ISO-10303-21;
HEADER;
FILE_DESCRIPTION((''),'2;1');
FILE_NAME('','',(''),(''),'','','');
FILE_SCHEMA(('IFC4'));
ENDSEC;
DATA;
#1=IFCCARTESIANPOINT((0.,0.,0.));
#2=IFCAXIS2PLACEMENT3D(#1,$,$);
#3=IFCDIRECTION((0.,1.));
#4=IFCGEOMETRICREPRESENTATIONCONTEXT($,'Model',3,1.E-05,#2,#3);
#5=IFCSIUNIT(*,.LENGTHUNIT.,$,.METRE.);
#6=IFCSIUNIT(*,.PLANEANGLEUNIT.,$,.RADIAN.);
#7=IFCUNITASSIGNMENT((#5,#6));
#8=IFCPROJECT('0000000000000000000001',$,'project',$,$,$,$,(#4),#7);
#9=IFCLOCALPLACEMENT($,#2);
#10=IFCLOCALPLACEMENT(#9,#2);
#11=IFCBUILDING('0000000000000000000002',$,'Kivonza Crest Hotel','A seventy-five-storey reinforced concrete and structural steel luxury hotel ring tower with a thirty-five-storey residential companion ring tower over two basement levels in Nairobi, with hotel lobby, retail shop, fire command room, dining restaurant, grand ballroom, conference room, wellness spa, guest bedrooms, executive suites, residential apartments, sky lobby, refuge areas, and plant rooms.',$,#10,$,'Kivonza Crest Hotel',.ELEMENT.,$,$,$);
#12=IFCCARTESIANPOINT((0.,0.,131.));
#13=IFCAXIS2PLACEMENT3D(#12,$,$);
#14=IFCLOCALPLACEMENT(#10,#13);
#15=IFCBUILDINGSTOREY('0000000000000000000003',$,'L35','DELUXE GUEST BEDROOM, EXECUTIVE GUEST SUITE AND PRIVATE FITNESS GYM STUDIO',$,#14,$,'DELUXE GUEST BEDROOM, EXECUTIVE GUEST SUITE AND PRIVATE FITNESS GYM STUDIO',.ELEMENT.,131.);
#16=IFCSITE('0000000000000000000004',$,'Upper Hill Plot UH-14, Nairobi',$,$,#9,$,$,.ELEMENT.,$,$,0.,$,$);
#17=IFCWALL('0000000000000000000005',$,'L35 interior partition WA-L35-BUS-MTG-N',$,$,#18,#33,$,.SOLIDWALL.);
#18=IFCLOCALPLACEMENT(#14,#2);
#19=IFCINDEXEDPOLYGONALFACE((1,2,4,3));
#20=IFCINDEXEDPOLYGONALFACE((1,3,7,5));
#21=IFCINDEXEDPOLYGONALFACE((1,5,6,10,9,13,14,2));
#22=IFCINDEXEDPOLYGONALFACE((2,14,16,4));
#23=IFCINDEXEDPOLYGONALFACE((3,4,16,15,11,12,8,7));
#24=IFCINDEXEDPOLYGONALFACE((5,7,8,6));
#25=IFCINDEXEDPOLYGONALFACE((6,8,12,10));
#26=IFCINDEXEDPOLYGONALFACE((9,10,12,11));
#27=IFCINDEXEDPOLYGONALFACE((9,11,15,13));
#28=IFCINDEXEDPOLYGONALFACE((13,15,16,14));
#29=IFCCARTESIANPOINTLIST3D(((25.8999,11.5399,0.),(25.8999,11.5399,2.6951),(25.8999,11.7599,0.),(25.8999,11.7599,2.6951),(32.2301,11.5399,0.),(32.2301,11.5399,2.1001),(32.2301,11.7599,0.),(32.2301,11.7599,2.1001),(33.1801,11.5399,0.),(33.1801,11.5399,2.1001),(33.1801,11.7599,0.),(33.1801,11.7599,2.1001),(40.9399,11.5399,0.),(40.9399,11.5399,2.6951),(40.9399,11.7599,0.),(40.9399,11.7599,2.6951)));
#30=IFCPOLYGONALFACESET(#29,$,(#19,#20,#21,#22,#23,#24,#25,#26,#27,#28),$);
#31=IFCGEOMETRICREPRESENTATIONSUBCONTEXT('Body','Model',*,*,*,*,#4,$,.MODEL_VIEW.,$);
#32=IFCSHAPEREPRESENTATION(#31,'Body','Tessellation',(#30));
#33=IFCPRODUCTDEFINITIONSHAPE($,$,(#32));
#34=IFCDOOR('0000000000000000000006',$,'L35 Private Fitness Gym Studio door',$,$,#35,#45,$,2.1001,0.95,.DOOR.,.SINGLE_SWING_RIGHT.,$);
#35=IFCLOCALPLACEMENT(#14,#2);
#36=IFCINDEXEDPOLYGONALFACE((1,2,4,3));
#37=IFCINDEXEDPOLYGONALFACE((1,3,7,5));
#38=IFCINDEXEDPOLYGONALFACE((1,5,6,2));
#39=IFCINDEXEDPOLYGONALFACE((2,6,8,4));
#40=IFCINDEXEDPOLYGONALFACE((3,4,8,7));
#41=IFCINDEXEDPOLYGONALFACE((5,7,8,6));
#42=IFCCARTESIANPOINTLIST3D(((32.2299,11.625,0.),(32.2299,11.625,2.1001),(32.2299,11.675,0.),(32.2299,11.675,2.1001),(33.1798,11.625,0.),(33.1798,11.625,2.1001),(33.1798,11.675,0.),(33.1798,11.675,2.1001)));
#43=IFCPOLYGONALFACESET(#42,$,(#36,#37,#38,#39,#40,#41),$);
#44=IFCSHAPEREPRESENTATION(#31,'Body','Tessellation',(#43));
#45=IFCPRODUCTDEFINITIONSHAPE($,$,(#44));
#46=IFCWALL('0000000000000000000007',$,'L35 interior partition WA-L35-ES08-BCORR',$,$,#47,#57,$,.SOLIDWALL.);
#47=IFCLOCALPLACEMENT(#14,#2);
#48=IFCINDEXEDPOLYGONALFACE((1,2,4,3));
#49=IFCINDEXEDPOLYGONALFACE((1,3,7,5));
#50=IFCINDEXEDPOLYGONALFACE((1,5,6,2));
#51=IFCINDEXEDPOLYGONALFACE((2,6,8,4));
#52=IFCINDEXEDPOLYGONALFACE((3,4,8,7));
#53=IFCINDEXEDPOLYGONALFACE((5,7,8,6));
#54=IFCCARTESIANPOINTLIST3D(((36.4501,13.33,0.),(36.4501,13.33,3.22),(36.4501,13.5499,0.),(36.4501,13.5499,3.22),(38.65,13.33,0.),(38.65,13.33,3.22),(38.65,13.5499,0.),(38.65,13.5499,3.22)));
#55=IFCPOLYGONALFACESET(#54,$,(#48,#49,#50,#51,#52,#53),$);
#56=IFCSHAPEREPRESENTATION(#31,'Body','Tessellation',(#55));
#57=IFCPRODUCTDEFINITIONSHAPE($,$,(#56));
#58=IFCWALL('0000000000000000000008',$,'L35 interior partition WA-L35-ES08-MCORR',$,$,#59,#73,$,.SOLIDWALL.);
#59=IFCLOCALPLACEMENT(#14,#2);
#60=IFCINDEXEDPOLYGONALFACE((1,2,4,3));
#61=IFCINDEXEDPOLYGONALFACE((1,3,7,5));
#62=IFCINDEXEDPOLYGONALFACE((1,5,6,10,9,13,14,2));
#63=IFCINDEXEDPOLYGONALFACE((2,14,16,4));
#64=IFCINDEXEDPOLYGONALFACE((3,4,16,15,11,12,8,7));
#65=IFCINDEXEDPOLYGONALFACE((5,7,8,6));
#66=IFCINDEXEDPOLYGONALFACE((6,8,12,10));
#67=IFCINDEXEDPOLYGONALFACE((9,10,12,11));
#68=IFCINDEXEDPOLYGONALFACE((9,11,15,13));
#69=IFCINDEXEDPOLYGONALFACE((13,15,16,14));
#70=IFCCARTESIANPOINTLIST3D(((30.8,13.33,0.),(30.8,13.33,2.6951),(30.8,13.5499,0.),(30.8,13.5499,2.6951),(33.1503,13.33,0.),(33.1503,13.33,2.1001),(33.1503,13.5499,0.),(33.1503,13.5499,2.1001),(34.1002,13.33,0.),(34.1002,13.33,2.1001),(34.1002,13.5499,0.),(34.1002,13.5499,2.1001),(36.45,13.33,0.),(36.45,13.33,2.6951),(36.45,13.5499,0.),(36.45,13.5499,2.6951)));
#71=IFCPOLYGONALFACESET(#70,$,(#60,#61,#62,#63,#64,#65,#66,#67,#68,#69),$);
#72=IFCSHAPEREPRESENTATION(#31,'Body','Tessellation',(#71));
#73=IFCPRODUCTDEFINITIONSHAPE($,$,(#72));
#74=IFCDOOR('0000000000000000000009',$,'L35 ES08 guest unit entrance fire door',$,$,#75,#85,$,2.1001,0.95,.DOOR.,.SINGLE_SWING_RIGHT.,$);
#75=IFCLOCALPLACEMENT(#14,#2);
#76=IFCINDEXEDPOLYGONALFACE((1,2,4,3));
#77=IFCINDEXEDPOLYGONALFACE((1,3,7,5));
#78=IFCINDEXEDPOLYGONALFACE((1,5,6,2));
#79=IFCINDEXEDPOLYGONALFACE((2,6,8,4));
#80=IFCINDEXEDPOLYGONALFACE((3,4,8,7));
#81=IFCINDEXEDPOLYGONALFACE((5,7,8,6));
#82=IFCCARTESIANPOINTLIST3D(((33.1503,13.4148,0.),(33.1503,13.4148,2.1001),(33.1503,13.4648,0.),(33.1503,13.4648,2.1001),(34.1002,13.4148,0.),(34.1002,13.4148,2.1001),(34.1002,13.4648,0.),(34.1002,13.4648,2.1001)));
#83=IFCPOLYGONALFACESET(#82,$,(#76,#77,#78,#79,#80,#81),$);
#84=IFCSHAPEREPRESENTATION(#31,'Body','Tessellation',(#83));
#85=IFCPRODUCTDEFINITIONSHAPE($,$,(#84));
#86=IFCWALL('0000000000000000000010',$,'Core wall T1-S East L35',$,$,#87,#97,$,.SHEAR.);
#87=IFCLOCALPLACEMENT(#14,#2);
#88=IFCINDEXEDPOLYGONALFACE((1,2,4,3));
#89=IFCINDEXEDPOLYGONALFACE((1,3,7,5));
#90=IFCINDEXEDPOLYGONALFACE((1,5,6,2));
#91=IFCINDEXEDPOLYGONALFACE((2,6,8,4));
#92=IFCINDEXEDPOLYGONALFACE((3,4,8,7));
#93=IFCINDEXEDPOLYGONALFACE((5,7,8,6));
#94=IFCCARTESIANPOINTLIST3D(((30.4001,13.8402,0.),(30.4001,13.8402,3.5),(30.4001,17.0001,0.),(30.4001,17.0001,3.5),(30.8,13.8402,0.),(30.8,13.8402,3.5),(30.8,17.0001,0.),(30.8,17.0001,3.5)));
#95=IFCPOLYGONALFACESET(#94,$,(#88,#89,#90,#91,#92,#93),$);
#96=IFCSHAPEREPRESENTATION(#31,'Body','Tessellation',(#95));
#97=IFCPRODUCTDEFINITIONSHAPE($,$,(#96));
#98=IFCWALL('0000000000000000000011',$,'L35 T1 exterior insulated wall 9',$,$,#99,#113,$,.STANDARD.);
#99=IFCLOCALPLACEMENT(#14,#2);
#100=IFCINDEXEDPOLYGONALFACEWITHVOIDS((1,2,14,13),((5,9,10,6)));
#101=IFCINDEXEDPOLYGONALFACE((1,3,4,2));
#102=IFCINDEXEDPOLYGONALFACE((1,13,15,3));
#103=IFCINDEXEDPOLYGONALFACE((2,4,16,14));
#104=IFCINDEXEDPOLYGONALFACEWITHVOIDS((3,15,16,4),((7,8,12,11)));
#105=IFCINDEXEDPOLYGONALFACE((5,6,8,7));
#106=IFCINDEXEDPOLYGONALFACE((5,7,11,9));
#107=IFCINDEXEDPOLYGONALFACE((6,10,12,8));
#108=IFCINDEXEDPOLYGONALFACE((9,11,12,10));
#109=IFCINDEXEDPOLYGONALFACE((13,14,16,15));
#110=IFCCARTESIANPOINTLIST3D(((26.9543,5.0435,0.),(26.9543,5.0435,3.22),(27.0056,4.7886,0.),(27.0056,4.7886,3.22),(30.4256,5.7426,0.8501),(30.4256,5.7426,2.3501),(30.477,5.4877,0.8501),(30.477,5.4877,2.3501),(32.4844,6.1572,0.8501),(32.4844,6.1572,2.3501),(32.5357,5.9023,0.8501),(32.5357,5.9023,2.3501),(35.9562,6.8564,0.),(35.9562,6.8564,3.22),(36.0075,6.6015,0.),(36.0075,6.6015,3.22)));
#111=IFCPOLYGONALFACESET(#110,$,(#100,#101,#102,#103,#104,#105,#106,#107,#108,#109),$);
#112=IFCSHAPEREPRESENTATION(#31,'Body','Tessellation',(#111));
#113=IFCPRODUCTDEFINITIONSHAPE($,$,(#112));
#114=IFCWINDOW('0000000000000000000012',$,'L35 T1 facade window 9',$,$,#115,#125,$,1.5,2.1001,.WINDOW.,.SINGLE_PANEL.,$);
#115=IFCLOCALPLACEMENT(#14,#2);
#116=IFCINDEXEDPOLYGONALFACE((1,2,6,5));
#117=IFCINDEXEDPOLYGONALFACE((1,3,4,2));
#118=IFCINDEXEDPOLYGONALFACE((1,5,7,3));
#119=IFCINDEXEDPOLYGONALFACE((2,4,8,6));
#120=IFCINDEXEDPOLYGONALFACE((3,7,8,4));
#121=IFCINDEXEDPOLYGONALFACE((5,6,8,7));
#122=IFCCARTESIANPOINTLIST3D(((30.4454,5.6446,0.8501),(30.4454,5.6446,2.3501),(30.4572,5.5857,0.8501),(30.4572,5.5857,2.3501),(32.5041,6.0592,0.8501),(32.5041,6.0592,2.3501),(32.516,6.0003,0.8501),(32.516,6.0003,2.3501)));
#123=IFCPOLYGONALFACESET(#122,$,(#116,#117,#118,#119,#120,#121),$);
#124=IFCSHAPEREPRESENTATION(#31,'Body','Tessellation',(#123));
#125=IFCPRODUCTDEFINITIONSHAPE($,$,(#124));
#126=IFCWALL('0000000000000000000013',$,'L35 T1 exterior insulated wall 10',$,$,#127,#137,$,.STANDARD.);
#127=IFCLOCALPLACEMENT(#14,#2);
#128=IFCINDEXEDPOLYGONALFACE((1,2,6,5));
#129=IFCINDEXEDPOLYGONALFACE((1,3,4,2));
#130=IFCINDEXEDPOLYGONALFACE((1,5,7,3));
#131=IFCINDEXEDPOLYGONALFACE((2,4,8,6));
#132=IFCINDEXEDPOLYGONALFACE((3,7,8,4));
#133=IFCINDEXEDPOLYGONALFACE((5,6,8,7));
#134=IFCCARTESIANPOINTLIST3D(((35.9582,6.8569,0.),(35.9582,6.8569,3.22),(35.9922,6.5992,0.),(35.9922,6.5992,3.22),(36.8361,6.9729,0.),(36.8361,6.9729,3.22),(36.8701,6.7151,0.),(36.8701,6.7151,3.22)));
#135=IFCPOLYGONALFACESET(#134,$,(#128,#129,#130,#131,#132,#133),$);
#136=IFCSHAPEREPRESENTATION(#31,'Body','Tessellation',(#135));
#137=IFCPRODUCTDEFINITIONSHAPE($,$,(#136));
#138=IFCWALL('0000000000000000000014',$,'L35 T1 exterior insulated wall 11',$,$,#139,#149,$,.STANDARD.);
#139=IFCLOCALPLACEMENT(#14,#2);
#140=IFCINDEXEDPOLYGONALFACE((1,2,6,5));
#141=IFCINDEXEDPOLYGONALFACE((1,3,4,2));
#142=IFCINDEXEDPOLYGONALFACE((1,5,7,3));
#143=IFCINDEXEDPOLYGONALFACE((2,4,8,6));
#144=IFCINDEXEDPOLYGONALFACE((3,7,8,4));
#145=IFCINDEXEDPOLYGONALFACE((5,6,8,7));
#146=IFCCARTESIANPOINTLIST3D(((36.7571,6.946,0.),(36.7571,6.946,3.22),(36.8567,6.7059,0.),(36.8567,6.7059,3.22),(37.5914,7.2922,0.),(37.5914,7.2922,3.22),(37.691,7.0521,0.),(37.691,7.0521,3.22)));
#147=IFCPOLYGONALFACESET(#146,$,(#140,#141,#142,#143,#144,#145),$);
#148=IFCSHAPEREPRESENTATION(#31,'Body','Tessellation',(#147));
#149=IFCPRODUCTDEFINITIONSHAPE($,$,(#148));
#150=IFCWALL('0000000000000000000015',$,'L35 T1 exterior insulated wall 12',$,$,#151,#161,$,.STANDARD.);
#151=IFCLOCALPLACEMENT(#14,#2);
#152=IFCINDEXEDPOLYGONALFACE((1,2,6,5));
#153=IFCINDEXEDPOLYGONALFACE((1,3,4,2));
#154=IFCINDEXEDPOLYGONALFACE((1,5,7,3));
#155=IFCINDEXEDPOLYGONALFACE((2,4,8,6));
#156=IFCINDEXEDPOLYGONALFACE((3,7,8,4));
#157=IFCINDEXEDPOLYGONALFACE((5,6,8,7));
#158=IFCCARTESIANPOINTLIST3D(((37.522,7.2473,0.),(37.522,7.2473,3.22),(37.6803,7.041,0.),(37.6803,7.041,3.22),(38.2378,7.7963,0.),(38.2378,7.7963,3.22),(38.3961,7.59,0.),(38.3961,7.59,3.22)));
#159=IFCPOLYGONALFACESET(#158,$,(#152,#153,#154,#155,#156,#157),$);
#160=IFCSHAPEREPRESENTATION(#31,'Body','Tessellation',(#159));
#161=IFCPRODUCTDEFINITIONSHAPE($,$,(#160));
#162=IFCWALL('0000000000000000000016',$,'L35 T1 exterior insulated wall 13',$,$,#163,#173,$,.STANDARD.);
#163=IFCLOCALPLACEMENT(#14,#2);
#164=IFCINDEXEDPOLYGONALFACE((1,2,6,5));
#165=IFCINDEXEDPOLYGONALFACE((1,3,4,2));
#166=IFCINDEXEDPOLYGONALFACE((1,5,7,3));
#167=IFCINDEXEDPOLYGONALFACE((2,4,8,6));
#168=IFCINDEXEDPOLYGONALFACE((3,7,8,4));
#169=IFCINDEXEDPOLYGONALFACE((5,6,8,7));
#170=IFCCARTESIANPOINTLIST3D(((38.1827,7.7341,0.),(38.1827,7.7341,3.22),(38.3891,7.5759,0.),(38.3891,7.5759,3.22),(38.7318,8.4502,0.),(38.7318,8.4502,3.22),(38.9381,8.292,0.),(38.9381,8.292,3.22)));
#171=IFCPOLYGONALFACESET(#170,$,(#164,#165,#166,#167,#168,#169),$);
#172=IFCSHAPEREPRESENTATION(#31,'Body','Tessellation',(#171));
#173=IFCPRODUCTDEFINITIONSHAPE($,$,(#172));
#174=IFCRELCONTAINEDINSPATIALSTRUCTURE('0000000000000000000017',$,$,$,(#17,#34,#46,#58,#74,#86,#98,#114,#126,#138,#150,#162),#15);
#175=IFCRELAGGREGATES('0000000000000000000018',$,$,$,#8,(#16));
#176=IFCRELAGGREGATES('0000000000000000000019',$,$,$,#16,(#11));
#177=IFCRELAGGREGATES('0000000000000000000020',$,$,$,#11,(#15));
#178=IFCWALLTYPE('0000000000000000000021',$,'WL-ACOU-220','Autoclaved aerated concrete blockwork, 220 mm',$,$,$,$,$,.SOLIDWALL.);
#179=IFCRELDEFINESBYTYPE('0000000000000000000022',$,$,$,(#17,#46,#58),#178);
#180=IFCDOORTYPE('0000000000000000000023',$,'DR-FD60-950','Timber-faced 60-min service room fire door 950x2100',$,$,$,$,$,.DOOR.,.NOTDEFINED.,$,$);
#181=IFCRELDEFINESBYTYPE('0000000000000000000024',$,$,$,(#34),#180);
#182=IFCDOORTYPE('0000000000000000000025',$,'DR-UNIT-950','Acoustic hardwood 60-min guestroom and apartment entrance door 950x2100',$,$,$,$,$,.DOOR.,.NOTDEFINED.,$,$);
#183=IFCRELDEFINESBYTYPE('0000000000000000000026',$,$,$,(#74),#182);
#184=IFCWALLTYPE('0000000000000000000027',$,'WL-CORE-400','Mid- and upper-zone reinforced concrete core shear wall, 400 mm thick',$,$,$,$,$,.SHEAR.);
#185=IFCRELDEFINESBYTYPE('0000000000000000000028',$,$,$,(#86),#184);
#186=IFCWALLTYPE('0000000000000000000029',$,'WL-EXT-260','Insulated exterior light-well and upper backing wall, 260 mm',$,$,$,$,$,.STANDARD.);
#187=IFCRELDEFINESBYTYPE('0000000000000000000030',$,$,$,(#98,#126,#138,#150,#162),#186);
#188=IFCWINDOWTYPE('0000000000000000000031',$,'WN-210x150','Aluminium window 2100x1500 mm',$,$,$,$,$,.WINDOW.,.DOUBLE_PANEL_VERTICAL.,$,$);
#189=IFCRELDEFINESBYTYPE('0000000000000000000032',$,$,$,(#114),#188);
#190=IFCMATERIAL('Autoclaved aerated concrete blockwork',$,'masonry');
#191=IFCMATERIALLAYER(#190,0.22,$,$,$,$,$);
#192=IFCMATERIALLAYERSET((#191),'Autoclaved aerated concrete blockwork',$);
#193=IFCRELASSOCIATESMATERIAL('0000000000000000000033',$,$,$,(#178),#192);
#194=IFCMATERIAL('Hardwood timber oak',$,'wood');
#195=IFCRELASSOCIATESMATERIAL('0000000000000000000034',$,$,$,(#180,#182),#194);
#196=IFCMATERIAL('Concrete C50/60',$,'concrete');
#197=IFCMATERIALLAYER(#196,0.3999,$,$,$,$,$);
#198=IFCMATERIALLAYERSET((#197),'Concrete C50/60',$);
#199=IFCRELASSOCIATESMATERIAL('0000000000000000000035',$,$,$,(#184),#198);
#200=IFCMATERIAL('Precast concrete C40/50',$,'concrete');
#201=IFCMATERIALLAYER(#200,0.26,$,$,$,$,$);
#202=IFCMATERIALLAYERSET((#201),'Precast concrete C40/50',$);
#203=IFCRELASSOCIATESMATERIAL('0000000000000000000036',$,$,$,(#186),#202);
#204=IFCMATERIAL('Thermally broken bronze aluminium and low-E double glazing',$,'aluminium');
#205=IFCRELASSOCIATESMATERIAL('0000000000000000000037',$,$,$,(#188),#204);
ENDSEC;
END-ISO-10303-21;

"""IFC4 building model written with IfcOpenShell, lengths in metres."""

from ifc_helpers import new_model, si_unit, direction, frame, frame_2d, origin, place, context, subcontext, project, spatial, rectangle, extrude, material, layer, layer_set, type_object, element, fill, save


model = new_model("IFC4")

# Units and contexts
model_context = context("Model", 3, precision=1e-05, world=origin(), true_north=direction((0.0, 1.0)))
body_context = subcontext(model_context, "Body", "Model", "MODEL_VIEW")
ifc_project = project(units=[si_unit("LENGTHUNIT", "METRE"), si_unit("PLANEANGLEUNIT", "RADIAN")], contexts=[model_context])

# Site, building, storey
site_placement = place(None, origin())
site = spatial("IfcSite", under=ifc_project, at=site_placement, Name="Upper Hill Plot UH-14, Nairobi", CompositionType="ELEMENT", RefElevation=0.0)
building_placement = place(site_placement, origin())
building = spatial("IfcBuilding", under=site, at=building_placement, Name="Kivonza Crest Hotel", Description="A seventy-five-storey reinforced concrete and structural steel luxury hotel ring tower with a thirty-five-storey residential companion ring tower over two basement levels in Nairobi, with hotel lobby, retail shop, fire command room, dining restaurant, grand ballroom, conference room, wellness spa, guest bedrooms, executive suites, residential apartments, sky lobby, refuge areas, and plant rooms.", LongName="Kivonza Crest Hotel", CompositionType="ELEMENT")
storey_placement = place(building_placement, frame((0.0, 0.0, 131.0)))
storey = spatial("IfcBuildingStorey", under=building, at=storey_placement, Name="L35", Description="DELUXE GUEST BEDROOM, EXECUTIVE GUEST SUITE AND PRIVATE FITNESS GYM STUDIO", LongName="DELUXE GUEST BEDROOM, EXECUTIVE GUEST SUITE AND PRIVATE FITNESS GYM STUDIO", CompositionType="ELEMENT", Elevation=131.0)

# Shared definitions
ifc_material_1 = material(Name="Concrete C50/60", Category="concrete")

# Wall, opening, door
ifc_material_2 = material(Name="Autoclaved aerated concrete blockwork", Category="masonry")
ifc_layer_1 = layer(ifc_material_2, 0.22)
ifc_layer_set_1 = layer_set([ifc_layer_1], Name="Autoclaved aerated concrete blockwork")
wall_type_1 = type_object("IfcWallType", Name="WL-ACOU-220", Description="Autoclaved aerated concrete blockwork, 220 mm", PredefinedType="SOLIDWALL", material=ifc_layer_set_1)
wall_1_placement = place(storey_placement, frame((25.8999, 11.6499, 0.0), z_axis=(0.0, 0.0, 1.0), x_axis=(1.0, 0.0, 0.0)))
wall_1 = element("IfcWall", 1, at=wall_1_placement, inside=storey, type_object=wall_type_1, Name="L35 interior partition WA-L35-BUS-MTG-N", PredefinedType="SOLIDWALL", context=body_context, shape_type="SweptSolid", body=[
    extrude(rectangle(XDim=15.04, YDim=0.22, at=frame_2d((7.52, 0.0))), origin(), (0.0, 0.0, 1.0), 2.6951),
])
opening_1_placement = place(wall_1_placement, frame((6.3301, 0.0, 0.0)))
opening_1 = element("IfcOpeningElement", 2, at=opening_1_placement, cuts=wall_1, PredefinedType="OPENING", context=body_context, shape_type="SweptSolid", body=[
    extrude(rectangle(XDim=0.95, YDim=2.1001, at=frame_2d((0.4751, 1.05))), frame((0.0, 0.1201, 0.0), z_axis=(0.0, -1.0, 0.0), x_axis=(1.0, 0.0, 0.0)), (0.0, 0.0, 1.0), 0.24),
])
ifc_material_3 = material(Name="Hardwood timber oak", Category="wood")
door_type_1 = type_object("IfcDoorType", Name="DR-FD60-950", Description="Timber-faced 60-min service room fire door 950x2100", OperationType="NOTDEFINED", PredefinedType="DOOR", material=ifc_material_3)
door_1_placement = place(opening_1_placement, frame((0.95, 0.0, 0.0), z_axis=(0.0, 0.0, 1.0), x_axis=(-1.0, 0.0, 0.0)))
door_1 = element("IfcDoor", 3, at=door_1_placement, inside=storey, type_object=door_type_1, Name="L35 Private Fitness Gym Studio door", OperationType="SINGLE_SWING_RIGHT", OverallHeight=2.1001, OverallWidth=0.95, PredefinedType="DOOR", context=body_context, shape_type="SweptSolid", body=[
    extrude(rectangle(XDim=0.95, YDim=2.1001, at=frame_2d((0.4751, 1.05))), frame((0.0, 0.0249, 0.0), z_axis=(0.0, -1.0, 0.0), x_axis=(1.0, 0.0, 0.0)), (0.0, 0.0, 1.0), 0.05),
])
fill(opening_1, door_1)

# Wall
wall_2_placement = place(storey_placement, frame((36.45, 13.4399, 0.0), z_axis=(0.0, 0.0, 1.0), x_axis=(1.0, 0.0, 0.0)))
element("IfcWall", 4, at=wall_2_placement, inside=storey, type_object=wall_type_1, Name="L35 interior partition WA-L35-ES08-BCORR", PredefinedType="SOLIDWALL", context=body_context, shape_type="SweptSolid", body=[
    extrude(rectangle(XDim=2.2, YDim=0.22, at=frame_2d((1.1001, 0.0))), origin(), (0.0, 0.0, 1.0), 3.22),
])

# Wall, opening, door
wall_3_placement = place(storey_placement, frame((30.8, 13.4399, 0.0), z_axis=(0.0, 0.0, 1.0), x_axis=(1.0, 0.0, 0.0)))
wall_3 = element("IfcWall", 5, at=wall_3_placement, inside=storey, type_object=wall_type_1, Name="L35 interior partition WA-L35-ES08-MCORR", PredefinedType="SOLIDWALL", context=body_context, shape_type="SweptSolid", body=[
    extrude(rectangle(XDim=5.6499, YDim=0.22, at=frame_2d((2.825, 0.0))), origin(), (0.0, 0.0, 1.0), 2.6951),
])
opening_2_placement = place(wall_3_placement, frame((2.3501, 0.0, 0.0)))
opening_2 = element("IfcOpeningElement", 6, at=opening_2_placement, cuts=wall_3, PredefinedType="OPENING", context=body_context, shape_type="SweptSolid", body=[
    extrude(rectangle(XDim=0.95, YDim=2.1001, at=frame_2d((0.4751, 1.05))), frame((0.0, 0.1201, 0.0), z_axis=(0.0, -1.0, 0.0), x_axis=(1.0, 0.0, 0.0)), (0.0, 0.0, 1.0), 0.24),
])
door_type_2 = type_object("IfcDoorType", Name="DR-UNIT-950", Description="Acoustic hardwood 60-min guestroom and apartment entrance door 950x2100", OperationType="NOTDEFINED", PredefinedType="DOOR", material=ifc_material_3)
door_2_placement = place(opening_2_placement, origin())
door_2 = element("IfcDoor", 7, at=door_2_placement, inside=storey, type_object=door_type_2, Name="L35 ES08 guest unit entrance fire door", OperationType="SINGLE_SWING_RIGHT", OverallHeight=2.1001, OverallWidth=0.95, PredefinedType="DOOR", context=body_context, shape_type="SweptSolid", body=[
    extrude(rectangle(XDim=0.95, YDim=2.1001, at=frame_2d((0.4751, 1.05))), frame((0.0, 0.0249, 0.0), z_axis=(0.0, -1.0, 0.0), x_axis=(1.0, 0.0, 0.0)), (0.0, 0.0, 1.0), 0.05),
])
fill(opening_2, door_2)

# Wall
ifc_layer_2 = layer(ifc_material_1, 0.3999)
ifc_layer_set_2 = layer_set([ifc_layer_2], Name="Concrete C50/60")
wall_type_2 = type_object("IfcWallType", Name="WL-CORE-400", Description="Mid- and upper-zone reinforced concrete core shear wall, 400 mm thick", PredefinedType="SHEAR", material=ifc_layer_set_2)
wall_4_placement = place(storey_placement, frame((30.6001, 13.8401, 0.0), z_axis=(0.0, 0.0, 1.0), x_axis=(0.0, 1.0, 0.0)))
element("IfcWall", 8, at=wall_4_placement, inside=storey, type_object=wall_type_2, Name="Core wall T1-S East L35", PredefinedType="SHEAR", context=body_context, shape_type="SweptSolid", body=[
    extrude(rectangle(XDim=3.1599, YDim=0.3999, at=frame_2d((1.5801, 0.0))), origin(), (0.0, 0.0, 1.0), 3.5),
])

# Wall, opening, window
ifc_material_4 = material(Name="Precast concrete C40/50", Category="concrete")
ifc_layer_3 = layer(ifc_material_4, 0.26)
ifc_layer_set_3 = layer_set([ifc_layer_3], Name="Precast concrete C40/50")
wall_type_3 = type_object("IfcWallType", Name="WL-EXT-260", Description="Insulated exterior light-well and upper backing wall, 260 mm", PredefinedType="STANDARD", material=ifc_layer_set_3)
wall_5_placement = place(storey_placement, frame((26.98, 4.916, 0.0), z_axis=(0.0, 0.0, 1.0), x_axis=(0.980316, 0.197435, 0.0)))
wall_5 = element("IfcWall", 9, at=wall_5_placement, inside=storey, type_object=wall_type_3, Name="L35 T1 exterior insulated wall 9", PredefinedType="STANDARD", context=body_context, shape_type="SweptSolid", body=[
    extrude(rectangle(XDim=9.1826, YDim=0.26, at=frame_2d((4.5913, 0.0))), origin(), (0.0, 0.0, 1.0), 3.22),
])
opening_3_placement = place(wall_5_placement, frame((3.541, 0.0, 0.8501)))
opening_3 = element("IfcOpeningElement", 10, at=opening_3_placement, cuts=wall_5, PredefinedType="OPENING", context=body_context, shape_type="SweptSolid", body=[
    extrude(rectangle(XDim=2.1001, YDim=1.5, at=frame_2d((1.05, 0.75))), frame((0.0, 0.1401, 0.0), z_axis=(0.0, -1.0, 0.0), x_axis=(1.0, 0.0, 0.0)), (0.0, 0.0, 1.0), 0.28),
])
ifc_material_5 = material(Name="Thermally broken bronze aluminium and low-E double glazing", Category="aluminium")
window_type = type_object("IfcWindowType", Name="WN-210x150", Description="Aluminium window 2100x1500 mm", PartitioningType="DOUBLE_PANEL_VERTICAL", PredefinedType="WINDOW", material=ifc_material_5)
window_placement = place(opening_3_placement, origin())
window = element("IfcWindow", 11, at=window_placement, inside=storey, type_object=window_type, Name="L35 T1 facade window 9", OverallHeight=1.5, OverallWidth=2.1001, PartitioningType="SINGLE_PANEL", PredefinedType="WINDOW", context=body_context, shape_type="SweptSolid", body=[
    extrude(rectangle(XDim=2.1001, YDim=1.5, at=frame_2d((1.05, 0.75))), frame((0.0, 0.03, 0.0), z_axis=(0.0, -1.0, 0.0), x_axis=(1.0, 0.0, 0.0)), (0.0, 0.0, 1.0), 0.0601),
])
fill(opening_3, window)

# Walls
wall_6_placement = place(storey_placement, frame((35.9751, 6.728, 0.0), z_axis=(0.0, 0.0, 1.0), x_axis=(0.991388, 0.130954, 0.0)))
element("IfcWall", 12, at=wall_6_placement, inside=storey, type_object=wall_type_3, Name="L35 T1 exterior insulated wall 10", PredefinedType="STANDARD", context=body_context, shape_type="SweptSolid", body=[
    extrude(rectangle(XDim=0.8855, YDim=0.26, at=frame_2d((0.4429, 0.0))), origin(), (0.0, 0.0, 1.0), 3.22),
])
wall_7_placement = place(storey_placement, frame((36.8069, 6.8259, 0.0), z_axis=(0.0, 0.0, 1.0), x_axis=(0.923628, 0.383291, 0.0)))
element("IfcWall", 13, at=wall_7_placement, inside=storey, type_object=wall_type_3, Name="L35 T1 exterior insulated wall 11", PredefinedType="STANDARD", context=body_context, shape_type="SweptSolid", body=[
    extrude(rectangle(XDim=0.9033, YDim=0.26, at=frame_2d((0.4517, 0.0))), origin(), (0.0, 0.0, 1.0), 3.22),
])
wall_8_placement = place(storey_placement, frame((37.6011, 7.144, 0.0), z_axis=(0.0, 0.0, 1.0), x_axis=(0.793458, 0.608625, 0.0)))
element("IfcWall", 14, at=wall_8_placement, inside=storey, type_object=wall_type_3, Name="L35 T1 exterior insulated wall 12", PredefinedType="STANDARD", context=body_context, shape_type="SweptSolid", body=[
    extrude(rectangle(XDim=0.9021, YDim=0.26, at=frame_2d((0.4512, 0.0))), origin(), (0.0, 0.0, 1.0), 3.22),
])
wall_9_placement = place(storey_placement, frame((38.2859, 7.655, 0.0), z_axis=(0.0, 0.0, 1.0), x_axis=(0.608494, 0.793558, 0.0)))
element("IfcWall", 15, at=wall_9_placement, inside=storey, type_object=wall_type_3, Name="L35 T1 exterior insulated wall 13", PredefinedType="STANDARD", context=body_context, shape_type="SweptSolid", body=[
    extrude(rectangle(XDim=0.9023, YDim=0.26, at=frame_2d((0.4512, 0.0))), origin(), (0.0, 0.0, 1.0), 3.22),
])

save(model, "model.ifc")
